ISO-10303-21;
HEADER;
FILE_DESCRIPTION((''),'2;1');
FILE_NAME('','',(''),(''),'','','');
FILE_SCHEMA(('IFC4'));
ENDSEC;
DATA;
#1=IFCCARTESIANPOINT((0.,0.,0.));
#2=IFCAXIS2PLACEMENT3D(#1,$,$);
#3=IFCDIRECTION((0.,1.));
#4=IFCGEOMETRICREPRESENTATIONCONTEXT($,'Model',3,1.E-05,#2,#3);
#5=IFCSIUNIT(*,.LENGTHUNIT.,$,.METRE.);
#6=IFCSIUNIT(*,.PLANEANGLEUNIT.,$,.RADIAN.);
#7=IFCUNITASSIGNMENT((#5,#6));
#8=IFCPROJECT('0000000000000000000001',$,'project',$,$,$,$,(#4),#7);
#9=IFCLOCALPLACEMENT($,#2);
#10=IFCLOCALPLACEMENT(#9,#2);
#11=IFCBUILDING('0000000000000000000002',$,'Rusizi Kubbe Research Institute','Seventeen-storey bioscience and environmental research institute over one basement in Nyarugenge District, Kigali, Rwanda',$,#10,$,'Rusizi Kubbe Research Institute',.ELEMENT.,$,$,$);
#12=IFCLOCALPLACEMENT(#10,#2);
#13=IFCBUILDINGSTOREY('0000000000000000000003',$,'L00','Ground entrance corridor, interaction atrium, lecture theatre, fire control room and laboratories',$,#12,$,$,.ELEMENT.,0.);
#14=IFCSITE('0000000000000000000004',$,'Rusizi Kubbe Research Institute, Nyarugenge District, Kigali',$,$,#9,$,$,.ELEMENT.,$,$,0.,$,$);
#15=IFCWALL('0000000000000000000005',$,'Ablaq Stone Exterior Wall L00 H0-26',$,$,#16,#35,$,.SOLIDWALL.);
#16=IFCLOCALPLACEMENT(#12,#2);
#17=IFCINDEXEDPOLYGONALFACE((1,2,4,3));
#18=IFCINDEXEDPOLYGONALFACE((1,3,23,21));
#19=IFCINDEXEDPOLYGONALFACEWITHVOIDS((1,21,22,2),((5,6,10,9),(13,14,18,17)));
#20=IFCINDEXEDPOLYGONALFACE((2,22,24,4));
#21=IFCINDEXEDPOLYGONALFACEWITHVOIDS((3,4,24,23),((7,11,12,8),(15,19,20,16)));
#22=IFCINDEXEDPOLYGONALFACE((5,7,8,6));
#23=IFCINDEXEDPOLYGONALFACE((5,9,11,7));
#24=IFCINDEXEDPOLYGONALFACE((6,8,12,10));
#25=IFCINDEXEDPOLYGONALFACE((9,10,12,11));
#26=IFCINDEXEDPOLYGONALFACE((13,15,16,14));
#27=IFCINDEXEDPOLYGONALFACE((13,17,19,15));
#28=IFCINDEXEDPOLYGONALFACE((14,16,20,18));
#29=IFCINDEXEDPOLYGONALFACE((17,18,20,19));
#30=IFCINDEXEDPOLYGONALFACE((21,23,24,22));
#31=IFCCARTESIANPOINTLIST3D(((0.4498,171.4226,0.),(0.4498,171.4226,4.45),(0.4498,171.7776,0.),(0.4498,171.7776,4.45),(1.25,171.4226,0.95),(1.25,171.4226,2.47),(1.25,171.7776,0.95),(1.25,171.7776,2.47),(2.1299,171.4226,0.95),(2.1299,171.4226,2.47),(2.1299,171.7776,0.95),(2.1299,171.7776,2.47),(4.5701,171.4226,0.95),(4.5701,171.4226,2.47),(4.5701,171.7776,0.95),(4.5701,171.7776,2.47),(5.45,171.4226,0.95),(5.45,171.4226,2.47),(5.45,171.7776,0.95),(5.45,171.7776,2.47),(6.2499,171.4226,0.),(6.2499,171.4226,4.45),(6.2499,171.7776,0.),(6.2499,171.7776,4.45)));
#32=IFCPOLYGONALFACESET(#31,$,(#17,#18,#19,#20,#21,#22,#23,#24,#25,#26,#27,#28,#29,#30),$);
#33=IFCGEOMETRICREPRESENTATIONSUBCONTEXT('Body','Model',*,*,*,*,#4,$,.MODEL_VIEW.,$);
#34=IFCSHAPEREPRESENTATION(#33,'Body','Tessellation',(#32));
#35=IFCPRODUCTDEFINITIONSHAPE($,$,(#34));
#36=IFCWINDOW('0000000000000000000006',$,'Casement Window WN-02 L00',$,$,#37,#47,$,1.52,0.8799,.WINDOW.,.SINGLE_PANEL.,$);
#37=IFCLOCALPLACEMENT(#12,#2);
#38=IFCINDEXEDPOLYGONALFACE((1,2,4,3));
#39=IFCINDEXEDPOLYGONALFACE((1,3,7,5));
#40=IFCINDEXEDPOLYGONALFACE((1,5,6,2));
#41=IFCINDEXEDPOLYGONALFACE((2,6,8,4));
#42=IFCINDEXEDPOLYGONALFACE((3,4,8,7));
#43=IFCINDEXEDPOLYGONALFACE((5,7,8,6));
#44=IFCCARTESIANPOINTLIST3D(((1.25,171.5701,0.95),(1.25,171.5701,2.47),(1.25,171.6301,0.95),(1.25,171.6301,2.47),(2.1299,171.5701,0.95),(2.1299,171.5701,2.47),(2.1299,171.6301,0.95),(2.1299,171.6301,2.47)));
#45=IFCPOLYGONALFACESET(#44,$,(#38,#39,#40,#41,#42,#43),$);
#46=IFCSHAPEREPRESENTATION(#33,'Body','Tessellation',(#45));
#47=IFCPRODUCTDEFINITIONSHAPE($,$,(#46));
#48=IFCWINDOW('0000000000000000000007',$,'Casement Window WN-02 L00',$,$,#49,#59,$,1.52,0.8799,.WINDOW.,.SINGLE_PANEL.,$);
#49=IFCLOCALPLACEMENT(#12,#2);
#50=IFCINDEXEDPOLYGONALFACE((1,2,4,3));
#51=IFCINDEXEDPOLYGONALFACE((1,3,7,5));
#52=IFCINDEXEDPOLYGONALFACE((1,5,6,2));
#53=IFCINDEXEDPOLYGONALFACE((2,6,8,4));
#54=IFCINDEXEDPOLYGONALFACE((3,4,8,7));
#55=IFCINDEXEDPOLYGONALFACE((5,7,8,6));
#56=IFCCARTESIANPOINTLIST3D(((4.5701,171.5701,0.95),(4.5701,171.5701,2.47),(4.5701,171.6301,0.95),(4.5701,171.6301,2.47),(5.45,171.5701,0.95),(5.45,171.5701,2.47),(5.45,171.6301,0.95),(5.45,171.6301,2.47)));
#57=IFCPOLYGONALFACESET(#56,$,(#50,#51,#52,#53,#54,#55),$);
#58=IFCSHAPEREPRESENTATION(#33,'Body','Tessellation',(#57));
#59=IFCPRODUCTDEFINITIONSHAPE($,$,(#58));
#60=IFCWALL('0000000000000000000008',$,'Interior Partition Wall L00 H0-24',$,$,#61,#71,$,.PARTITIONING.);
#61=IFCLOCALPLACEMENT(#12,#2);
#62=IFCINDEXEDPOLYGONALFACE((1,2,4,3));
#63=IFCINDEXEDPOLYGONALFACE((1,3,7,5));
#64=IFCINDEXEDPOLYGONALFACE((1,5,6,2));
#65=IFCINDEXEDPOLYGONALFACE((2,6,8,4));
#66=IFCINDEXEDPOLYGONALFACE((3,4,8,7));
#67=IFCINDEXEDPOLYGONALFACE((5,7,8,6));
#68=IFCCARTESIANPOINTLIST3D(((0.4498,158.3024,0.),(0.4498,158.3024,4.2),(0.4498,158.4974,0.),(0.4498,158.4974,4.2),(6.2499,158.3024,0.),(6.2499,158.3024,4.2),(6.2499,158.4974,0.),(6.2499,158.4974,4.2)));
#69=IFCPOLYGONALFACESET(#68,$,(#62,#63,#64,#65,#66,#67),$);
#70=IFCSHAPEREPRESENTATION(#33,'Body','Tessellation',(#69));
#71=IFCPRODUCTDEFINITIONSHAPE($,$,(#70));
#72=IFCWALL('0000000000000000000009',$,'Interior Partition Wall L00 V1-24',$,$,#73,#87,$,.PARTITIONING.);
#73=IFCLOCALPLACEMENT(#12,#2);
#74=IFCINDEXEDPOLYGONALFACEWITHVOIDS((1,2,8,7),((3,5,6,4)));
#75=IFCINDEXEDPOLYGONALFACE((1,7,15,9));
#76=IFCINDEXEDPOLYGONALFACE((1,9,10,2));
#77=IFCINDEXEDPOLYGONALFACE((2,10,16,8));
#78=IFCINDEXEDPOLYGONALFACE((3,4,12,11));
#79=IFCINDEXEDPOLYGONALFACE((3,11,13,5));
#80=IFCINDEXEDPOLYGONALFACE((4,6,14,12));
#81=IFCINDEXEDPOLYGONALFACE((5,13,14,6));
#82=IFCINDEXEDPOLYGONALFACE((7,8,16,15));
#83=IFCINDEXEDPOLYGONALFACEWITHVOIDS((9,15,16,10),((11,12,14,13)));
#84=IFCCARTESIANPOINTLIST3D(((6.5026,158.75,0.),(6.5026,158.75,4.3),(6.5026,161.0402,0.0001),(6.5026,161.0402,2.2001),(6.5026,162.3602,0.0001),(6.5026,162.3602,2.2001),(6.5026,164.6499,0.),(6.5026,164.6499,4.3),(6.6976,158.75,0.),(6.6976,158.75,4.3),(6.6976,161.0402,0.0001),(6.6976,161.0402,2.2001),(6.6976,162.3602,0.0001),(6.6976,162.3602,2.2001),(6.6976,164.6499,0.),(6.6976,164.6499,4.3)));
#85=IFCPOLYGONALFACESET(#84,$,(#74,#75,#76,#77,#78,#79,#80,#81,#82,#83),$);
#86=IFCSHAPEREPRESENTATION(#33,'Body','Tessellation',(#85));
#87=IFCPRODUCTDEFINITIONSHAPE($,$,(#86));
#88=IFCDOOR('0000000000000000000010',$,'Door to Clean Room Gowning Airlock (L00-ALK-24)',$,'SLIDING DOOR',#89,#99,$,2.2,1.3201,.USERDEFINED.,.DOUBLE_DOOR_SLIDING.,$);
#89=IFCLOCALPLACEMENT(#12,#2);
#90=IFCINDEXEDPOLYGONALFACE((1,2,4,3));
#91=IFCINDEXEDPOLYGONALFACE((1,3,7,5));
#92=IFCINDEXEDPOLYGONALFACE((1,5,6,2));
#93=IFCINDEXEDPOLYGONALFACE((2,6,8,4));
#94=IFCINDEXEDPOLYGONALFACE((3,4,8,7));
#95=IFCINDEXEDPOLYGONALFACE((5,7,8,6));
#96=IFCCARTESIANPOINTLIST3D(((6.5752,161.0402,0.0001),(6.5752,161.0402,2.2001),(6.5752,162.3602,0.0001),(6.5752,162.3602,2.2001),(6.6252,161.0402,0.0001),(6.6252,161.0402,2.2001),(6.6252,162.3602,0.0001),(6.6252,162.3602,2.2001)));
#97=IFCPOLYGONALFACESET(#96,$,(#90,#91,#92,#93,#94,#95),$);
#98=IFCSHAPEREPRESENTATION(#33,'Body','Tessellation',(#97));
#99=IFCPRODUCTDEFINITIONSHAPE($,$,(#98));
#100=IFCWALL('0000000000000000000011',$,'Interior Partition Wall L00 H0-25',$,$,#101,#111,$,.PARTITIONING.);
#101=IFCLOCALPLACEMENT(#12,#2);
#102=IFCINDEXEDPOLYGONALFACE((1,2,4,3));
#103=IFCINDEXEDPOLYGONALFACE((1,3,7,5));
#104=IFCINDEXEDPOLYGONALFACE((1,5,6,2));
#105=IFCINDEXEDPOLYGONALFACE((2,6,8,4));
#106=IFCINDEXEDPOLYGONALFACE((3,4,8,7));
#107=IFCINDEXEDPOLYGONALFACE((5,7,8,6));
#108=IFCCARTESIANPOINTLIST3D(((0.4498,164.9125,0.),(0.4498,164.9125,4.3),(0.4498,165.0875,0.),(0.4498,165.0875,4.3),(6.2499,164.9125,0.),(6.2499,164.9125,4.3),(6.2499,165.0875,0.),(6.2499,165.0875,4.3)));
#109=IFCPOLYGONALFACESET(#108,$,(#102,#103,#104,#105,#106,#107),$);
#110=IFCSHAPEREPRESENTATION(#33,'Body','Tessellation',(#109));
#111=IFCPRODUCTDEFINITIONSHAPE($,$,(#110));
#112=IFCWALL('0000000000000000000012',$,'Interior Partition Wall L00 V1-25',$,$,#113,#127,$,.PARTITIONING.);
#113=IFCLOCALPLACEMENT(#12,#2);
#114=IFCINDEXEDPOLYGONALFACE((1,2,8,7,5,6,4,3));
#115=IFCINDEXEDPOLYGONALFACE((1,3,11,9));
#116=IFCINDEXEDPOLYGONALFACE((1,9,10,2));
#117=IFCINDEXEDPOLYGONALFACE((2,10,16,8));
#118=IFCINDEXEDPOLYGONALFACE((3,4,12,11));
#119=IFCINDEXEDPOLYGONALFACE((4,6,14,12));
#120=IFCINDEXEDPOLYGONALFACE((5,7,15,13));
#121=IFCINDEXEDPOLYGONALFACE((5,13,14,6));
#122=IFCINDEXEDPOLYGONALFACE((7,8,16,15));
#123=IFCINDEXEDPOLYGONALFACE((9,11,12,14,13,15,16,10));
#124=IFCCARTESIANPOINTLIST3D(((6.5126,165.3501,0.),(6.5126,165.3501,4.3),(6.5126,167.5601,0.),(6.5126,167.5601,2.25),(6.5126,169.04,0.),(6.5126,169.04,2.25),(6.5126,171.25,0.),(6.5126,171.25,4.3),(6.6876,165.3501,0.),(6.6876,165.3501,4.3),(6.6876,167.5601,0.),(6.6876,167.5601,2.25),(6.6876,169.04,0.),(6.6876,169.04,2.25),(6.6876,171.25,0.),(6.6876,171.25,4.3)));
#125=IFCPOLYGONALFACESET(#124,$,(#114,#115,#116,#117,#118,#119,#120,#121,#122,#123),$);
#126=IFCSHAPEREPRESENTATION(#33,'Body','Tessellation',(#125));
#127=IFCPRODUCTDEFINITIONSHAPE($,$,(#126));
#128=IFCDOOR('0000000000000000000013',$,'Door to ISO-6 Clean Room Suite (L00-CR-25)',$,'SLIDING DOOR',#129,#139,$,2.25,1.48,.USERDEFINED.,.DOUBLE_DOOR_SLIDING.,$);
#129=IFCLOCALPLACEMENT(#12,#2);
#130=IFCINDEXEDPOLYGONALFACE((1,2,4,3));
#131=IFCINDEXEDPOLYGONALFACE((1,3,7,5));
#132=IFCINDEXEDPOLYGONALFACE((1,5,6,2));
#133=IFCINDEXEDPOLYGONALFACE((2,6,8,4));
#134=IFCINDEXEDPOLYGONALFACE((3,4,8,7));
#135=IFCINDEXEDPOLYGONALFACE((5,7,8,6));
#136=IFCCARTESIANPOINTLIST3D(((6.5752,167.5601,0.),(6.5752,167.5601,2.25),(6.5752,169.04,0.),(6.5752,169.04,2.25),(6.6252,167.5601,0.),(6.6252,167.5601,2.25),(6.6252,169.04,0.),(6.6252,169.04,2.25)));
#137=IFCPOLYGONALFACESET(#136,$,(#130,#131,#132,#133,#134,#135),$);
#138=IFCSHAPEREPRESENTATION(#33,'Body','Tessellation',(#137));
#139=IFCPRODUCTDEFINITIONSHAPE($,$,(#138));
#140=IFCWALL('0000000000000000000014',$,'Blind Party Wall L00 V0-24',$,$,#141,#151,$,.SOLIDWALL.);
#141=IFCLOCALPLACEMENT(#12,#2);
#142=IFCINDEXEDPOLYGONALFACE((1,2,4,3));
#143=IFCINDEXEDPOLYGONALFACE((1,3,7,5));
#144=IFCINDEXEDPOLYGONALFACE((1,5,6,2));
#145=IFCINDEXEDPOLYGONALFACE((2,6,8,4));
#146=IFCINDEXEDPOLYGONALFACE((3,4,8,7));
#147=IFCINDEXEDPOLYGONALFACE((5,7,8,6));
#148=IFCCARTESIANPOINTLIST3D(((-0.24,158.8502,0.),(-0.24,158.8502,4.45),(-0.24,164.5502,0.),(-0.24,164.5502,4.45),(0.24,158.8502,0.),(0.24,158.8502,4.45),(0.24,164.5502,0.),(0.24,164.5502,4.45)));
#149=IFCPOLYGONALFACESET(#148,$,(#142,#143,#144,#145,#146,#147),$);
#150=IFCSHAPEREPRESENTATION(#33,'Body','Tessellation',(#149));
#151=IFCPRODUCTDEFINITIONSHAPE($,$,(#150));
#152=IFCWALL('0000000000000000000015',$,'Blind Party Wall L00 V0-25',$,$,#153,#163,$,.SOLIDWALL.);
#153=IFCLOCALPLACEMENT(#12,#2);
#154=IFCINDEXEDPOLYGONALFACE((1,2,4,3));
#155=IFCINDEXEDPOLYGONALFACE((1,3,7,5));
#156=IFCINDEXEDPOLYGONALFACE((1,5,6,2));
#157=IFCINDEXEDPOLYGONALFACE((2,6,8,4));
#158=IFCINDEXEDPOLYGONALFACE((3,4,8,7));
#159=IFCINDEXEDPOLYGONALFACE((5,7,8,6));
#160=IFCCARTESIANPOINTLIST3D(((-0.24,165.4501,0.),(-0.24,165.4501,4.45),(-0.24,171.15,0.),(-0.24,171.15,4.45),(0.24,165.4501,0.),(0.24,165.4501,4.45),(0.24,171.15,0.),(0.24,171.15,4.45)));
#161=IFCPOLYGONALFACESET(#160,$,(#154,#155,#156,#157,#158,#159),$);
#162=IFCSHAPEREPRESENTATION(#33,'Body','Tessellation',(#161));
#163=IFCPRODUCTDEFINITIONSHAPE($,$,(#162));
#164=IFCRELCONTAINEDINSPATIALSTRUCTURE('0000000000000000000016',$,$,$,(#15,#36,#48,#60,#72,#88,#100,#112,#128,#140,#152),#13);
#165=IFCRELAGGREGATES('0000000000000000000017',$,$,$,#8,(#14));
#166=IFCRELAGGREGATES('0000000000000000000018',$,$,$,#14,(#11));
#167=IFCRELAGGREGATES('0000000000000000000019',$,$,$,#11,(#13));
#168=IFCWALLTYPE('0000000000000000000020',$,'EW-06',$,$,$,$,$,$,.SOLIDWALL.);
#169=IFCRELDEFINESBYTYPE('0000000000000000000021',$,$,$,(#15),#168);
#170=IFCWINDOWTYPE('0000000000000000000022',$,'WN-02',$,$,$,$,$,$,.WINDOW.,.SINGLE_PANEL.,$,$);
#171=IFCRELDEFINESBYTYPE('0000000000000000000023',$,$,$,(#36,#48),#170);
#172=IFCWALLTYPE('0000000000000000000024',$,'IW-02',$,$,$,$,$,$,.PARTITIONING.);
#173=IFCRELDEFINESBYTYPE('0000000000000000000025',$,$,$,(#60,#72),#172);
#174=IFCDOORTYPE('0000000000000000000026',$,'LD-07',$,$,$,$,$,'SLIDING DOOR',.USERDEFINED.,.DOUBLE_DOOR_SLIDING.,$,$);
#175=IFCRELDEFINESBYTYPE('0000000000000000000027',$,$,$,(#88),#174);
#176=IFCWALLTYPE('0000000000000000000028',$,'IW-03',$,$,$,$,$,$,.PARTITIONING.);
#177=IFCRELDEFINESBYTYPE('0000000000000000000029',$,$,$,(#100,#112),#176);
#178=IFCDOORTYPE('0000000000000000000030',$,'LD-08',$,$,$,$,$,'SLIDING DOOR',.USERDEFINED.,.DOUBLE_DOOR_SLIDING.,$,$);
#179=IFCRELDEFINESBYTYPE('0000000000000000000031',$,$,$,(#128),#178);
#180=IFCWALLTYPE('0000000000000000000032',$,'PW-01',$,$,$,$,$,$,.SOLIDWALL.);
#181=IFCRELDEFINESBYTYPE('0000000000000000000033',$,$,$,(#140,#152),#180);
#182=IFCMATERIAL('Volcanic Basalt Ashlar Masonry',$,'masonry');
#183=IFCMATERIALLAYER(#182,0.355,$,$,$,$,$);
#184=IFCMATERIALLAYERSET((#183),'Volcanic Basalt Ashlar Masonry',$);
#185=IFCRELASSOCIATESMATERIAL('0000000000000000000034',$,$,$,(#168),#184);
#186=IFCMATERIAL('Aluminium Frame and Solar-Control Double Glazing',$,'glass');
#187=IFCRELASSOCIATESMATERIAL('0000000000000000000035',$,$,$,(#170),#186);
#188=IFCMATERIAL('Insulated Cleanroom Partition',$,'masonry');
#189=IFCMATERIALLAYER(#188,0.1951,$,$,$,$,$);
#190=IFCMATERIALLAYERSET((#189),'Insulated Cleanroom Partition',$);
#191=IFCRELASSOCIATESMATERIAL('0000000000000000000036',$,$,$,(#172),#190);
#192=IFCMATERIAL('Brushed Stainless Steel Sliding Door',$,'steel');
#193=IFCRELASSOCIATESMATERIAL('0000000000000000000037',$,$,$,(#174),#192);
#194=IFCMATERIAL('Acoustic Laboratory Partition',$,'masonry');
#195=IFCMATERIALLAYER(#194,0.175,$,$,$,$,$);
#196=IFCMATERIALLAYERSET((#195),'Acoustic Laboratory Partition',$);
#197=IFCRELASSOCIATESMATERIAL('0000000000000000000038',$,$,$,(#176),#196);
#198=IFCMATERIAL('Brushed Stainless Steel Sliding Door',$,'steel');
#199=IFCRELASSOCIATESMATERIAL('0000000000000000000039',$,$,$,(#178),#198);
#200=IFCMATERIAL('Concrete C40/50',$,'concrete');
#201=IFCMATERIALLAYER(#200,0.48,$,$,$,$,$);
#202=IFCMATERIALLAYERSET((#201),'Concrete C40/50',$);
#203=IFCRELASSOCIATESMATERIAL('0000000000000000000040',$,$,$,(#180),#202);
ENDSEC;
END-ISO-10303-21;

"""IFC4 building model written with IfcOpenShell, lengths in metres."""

from ifc_helpers import new_model, si_unit, direction, frame, frame_2d, origin, place, context, subcontext, project, spatial, rectangle, extrude, material, layer, layer_set, type_object, element, fill, save


model = new_model("IFC4")

# Units and contexts
model_context = context("Model", 3, precision=1e-05, world=origin(), true_north=direction((0.0, 1.0)))
body_context = subcontext(model_context, "Body", "Model", "MODEL_VIEW")
ifc_project = project(units=[si_unit("LENGTHUNIT", "METRE"), si_unit("PLANEANGLEUNIT", "RADIAN")], contexts=[model_context])

# Site, building, storey
site_placement = place(None, origin())
site = spatial("IfcSite", under=ifc_project, at=site_placement, Name="Rusizi Kubbe Research Institute, Nyarugenge District, Kigali", CompositionType="ELEMENT", RefElevation=0.0)
building_placement = place(site_placement, origin())
building = spatial("IfcBuilding", under=site, at=building_placement, Name="Rusizi Kubbe Research Institute", Description="Seventeen-storey bioscience and environmental research institute over one basement in Nyarugenge District, Kigali, Rwanda", LongName="Rusizi Kubbe Research Institute", CompositionType="ELEMENT")
storey_placement = place(building_placement, origin())
storey = spatial("IfcBuildingStorey", under=building, at=storey_placement, Name="L00", Description="Ground entrance corridor, interaction atrium, lecture theatre, fire control room and laboratories", CompositionType="ELEMENT", Elevation=0.0)

# Wall, openings, windows
ifc_material_1 = material(Name="Volcanic Basalt Ashlar Masonry", Category="masonry")
ifc_layer_1 = layer(ifc_material_1, 0.355)
ifc_layer_set_1 = layer_set([ifc_layer_1], Name="Volcanic Basalt Ashlar Masonry")
wall_type_1 = type_object("IfcWallType", Name="EW-06", PredefinedType="SOLIDWALL", material=ifc_layer_set_1)
wall_1_placement = place(storey_placement, frame((0.45, 171.6001, 0.0), z_axis=(0.0, 0.0, 1.0), x_axis=(1.0, 0.0, 0.0)))
wall_1 = element("IfcWall", 1, at=wall_1_placement, inside=storey, type_object=wall_type_1, Name="Ablaq Stone Exterior Wall L00 H0-26", PredefinedType="SOLIDWALL", context=body_context, shape_type="SweptSolid", body=[
    extrude(rectangle(XDim=5.8, YDim=0.355, at=frame_2d((2.8999, 0.0))), origin(), (0.0, 0.0, 1.0), 4.45),
])
opening_1_placement = place(wall_1_placement, frame((0.8, 0.0, 0.95)))
opening_1 = element("IfcOpeningElement", 2, at=opening_1_placement, cuts=wall_1, PredefinedType="OPENING", context=body_context, shape_type="SweptSolid", body=[
    extrude(rectangle(XDim=0.8799, YDim=1.52, at=frame_2d((0.4399, 0.76))), frame((0.0, 0.1875, 0.0), z_axis=(0.0, -1.0, 0.0), x_axis=(1.0, 0.0, 0.0)), (0.0, 0.0, 1.0), 0.375),
])
opening_2_placement = place(wall_1_placement, frame((4.1201, 0.0, 0.95)))
opening_2 = element("IfcOpeningElement", 3, at=opening_2_placement, cuts=wall_1, PredefinedType="OPENING", context=body_context, shape_type="SweptSolid", body=[
    extrude(rectangle(XDim=0.8799, YDim=1.52, at=frame_2d((0.4399, 0.76))), frame((0.0, 0.1875, 0.0), z_axis=(0.0, -1.0, 0.0), x_axis=(1.0, 0.0, 0.0)), (0.0, 0.0, 1.0), 0.375),
])
ifc_material_2 = material(Name="Aluminium Frame and Solar-Control Double Glazing", Category="glass")
window_type = type_object("IfcWindowType", Name="WN-02", PartitioningType="SINGLE_PANEL", PredefinedType="WINDOW", material=ifc_material_2)
window_1_placement = place(opening_1_placement, origin())
window_1 = element("IfcWindow", 4, at=window_1_placement, inside=storey, type_object=window_type, Name="Casement Window WN-02 L00", OverallHeight=1.52, OverallWidth=0.8799, PartitioningType="SINGLE_PANEL", PredefinedType="WINDOW", context=body_context, shape_type="SweptSolid", body=[
    extrude(rectangle(XDim=0.8799, YDim=1.52, at=frame_2d((0.4399, 0.76))), frame((0.0, 0.03, 0.0), z_axis=(0.0, -1.0, 0.0), x_axis=(1.0, 0.0, 0.0)), (0.0, 0.0, 1.0), 0.0601),
])
fill(opening_1, window_1)
window_2_placement = place(opening_2_placement, origin())
window_2 = element("IfcWindow", 5, at=window_2_placement, inside=storey, type_object=window_type, Name="Casement Window WN-02 L00", OverallHeight=1.52, OverallWidth=0.8799, PartitioningType="SINGLE_PANEL", PredefinedType="WINDOW", context=body_context, shape_type="SweptSolid", body=[
    extrude(rectangle(XDim=0.8799, YDim=1.52, at=frame_2d((0.4399, 0.76))), frame((0.0, 0.03, 0.0), z_axis=(0.0, -1.0, 0.0), x_axis=(1.0, 0.0, 0.0)), (0.0, 0.0, 1.0), 0.0601),
])
fill(opening_2, window_2)

# Wall
ifc_material_3 = material(Name="Insulated Cleanroom Partition", Category="masonry")
ifc_layer_2 = layer(ifc_material_3, 0.1951)
ifc_layer_set_2 = layer_set([ifc_layer_2], Name="Insulated Cleanroom Partition")
wall_type_2 = type_object("IfcWallType", Name="IW-02", PredefinedType="PARTITIONING", material=ifc_layer_set_2)
wall_2_placement = place(storey_placement, frame((0.45, 158.3999, 0.0), z_axis=(0.0, 0.0, 1.0), x_axis=(1.0, 0.0, 0.0)))
element("IfcWall", 6, at=wall_2_placement, inside=storey, type_object=wall_type_2, Name="Interior Partition Wall L00 H0-24", PredefinedType="PARTITIONING", context=body_context, shape_type="SweptSolid", body=[
    extrude(rectangle(XDim=5.8, YDim=0.1951, at=frame_2d((2.8999, 0.0))), origin(), (0.0, 0.0, 1.0), 4.2),
])

# Wall, opening, door
wall_3_placement = place(storey_placement, frame((6.6001, 158.75, 0.0), z_axis=(0.0, 0.0, 1.0), x_axis=(0.0, 1.0, 0.0)))
wall_3 = element("IfcWall", 7, at=wall_3_placement, inside=storey, type_object=wall_type_2, Name="Interior Partition Wall L00 V1-24", PredefinedType="PARTITIONING", context=body_context, shape_type="SweptSolid", body=[
    extrude(rectangle(XDim=5.8999, YDim=0.1951, at=frame_2d((2.95, 0.0))), origin(), (0.0, 0.0, 1.0), 4.3),
])
opening_3_placement = place(wall_3_placement, frame((2.29, 0.0, 0.0)))
opening_3 = element("IfcOpeningElement", 8, at=opening_3_placement, cuts=wall_3, PredefinedType="OPENING", context=body_context, shape_type="SweptSolid", body=[
    extrude(rectangle(XDim=1.3201, YDim=2.2, at=frame_2d((0.6602, 1.1001))), frame((0.0, 0.1074, 0.0), z_axis=(0.0, -1.0, 0.0), x_axis=(1.0, 0.0, 0.0)), (0.0, 0.0, 1.0), 0.2151),
])
ifc_material_4 = material(Name="Brushed Stainless Steel Sliding Door", Category="steel")
door_type_1 = type_object("IfcDoorType", Name="LD-07", ElementType="SLIDING DOOR", OperationType="DOUBLE_DOOR_SLIDING", PredefinedType="USERDEFINED", material=ifc_material_4)
door_1_placement = place(opening_3_placement, origin())
door_1 = element("IfcDoor", 9, at=door_1_placement, inside=storey, type_object=door_type_1, Name="Door to Clean Room Gowning Airlock (L00-ALK-24)", ObjectType="SLIDING DOOR", OperationType="DOUBLE_DOOR_SLIDING", OverallHeight=2.2, OverallWidth=1.3201, PredefinedType="USERDEFINED", context=body_context, shape_type="SweptSolid", body=[
    extrude(rectangle(XDim=1.3201, YDim=2.2, at=frame_2d((0.6602, 1.1001))), frame((0.0, 0.0249, 0.0), z_axis=(0.0, -1.0, 0.0), x_axis=(1.0, 0.0, 0.0)), (0.0, 0.0, 1.0), 0.05),
])
fill(opening_3, door_1)

# Wall
ifc_material_5 = material(Name="Acoustic Laboratory Partition", Category="masonry")
ifc_layer_3 = layer(ifc_material_5, 0.175)
ifc_layer_set_3 = layer_set([ifc_layer_3], Name="Acoustic Laboratory Partition")
wall_type_3 = type_object("IfcWallType", Name="IW-03", PredefinedType="PARTITIONING", material=ifc_layer_set_3)
wall_4_placement = place(storey_placement, frame((0.45, 165.0, 0.0), z_axis=(0.0, 0.0, 1.0), x_axis=(1.0, 0.0, 0.0)))
element("IfcWall", 10, at=wall_4_placement, inside=storey, type_object=wall_type_3, Name="Interior Partition Wall L00 H0-25", PredefinedType="PARTITIONING", context=body_context, shape_type="SweptSolid", body=[
    extrude(rectangle(XDim=5.8, YDim=0.175, at=frame_2d((2.8999, 0.0))), origin(), (0.0, 0.0, 1.0), 4.3),
])

# Wall, opening, door
wall_5_placement = place(storey_placement, frame((6.6001, 165.3501, 0.0), z_axis=(0.0, 0.0, 1.0), x_axis=(0.0, 1.0, 0.0)))
wall_5 = element("IfcWall", 11, at=wall_5_placement, inside=storey, type_object=wall_type_3, Name="Interior Partition Wall L00 V1-25", PredefinedType="PARTITIONING", context=body_context, shape_type="SweptSolid", body=[
    extrude(rectangle(XDim=5.8999, YDim=0.175, at=frame_2d((2.95, 0.0))), origin(), (0.0, 0.0, 1.0), 4.3),
])
opening_4_placement = place(wall_5_placement, frame((2.21, 0.0, 0.0)))
opening_4 = element("IfcOpeningElement", 12, at=opening_4_placement, cuts=wall_5, PredefinedType="OPENING", context=body_context, shape_type="SweptSolid", body=[
    extrude(rectangle(XDim=1.48, YDim=2.25, at=frame_2d((0.74, 1.125))), frame((0.0, 0.0974, 0.0), z_axis=(0.0, -1.0, 0.0), x_axis=(1.0, 0.0, 0.0)), (0.0, 0.0, 1.0), 0.1951),
])
ifc_material_6 = material(Name="Brushed Stainless Steel Sliding Door", Category="steel")
door_type_2 = type_object("IfcDoorType", Name="LD-08", ElementType="SLIDING DOOR", OperationType="DOUBLE_DOOR_SLIDING", PredefinedType="USERDEFINED", material=ifc_material_6)
door_2_placement = place(opening_4_placement, origin())
door_2 = element("IfcDoor", 13, at=door_2_placement, inside=storey, type_object=door_type_2, Name="Door to ISO-6 Clean Room Suite (L00-CR-25)", ObjectType="SLIDING DOOR", OperationType="DOUBLE_DOOR_SLIDING", OverallHeight=2.25, OverallWidth=1.48, PredefinedType="USERDEFINED", context=body_context, shape_type="SweptSolid", body=[
    extrude(rectangle(XDim=1.48, YDim=2.25, at=frame_2d((0.74, 1.125))), frame((0.0, 0.0249, 0.0), z_axis=(0.0, -1.0, 0.0), x_axis=(1.0, 0.0, 0.0)), (0.0, 0.0, 1.0), 0.05),
])
fill(opening_4, door_2)

# Walls
ifc_material_7 = material(Name="Concrete C40/50", Category="concrete")
ifc_layer_4 = layer(ifc_material_7, 0.48)
ifc_layer_set_4 = layer_set([ifc_layer_4], Name="Concrete C40/50")
wall_type_4 = type_object("IfcWallType", Name="PW-01", PredefinedType="SOLIDWALL", material=ifc_layer_set_4)
for number, where, z_axis, x_axis, name in (
    (14, (0.0, 158.8501, 0.0), (0.0, 0.0, 1.0), (0.0, 1.0, 0.0), "Blind Party Wall L00 V0-24"),
    (15, (0.0, 165.45, 0.0), (0.0, 0.0, 1.0), (0.0, 1.0, 0.0), "Blind Party Wall L00 V0-25"),
):
    element("IfcWall", number, at=place(storey_placement, frame(where, z_axis=z_axis, x_axis=x_axis)), inside=storey, type_object=wall_type_4, Name=name, PredefinedType="SOLIDWALL", context=body_context, shape_type="SweptSolid", body=[
        extrude(rectangle(XDim=5.7, YDim=0.48, at=frame_2d((2.8501, 0.0))), origin(), (0.0, 0.0, 1.0), 4.45),
    ])

save(model, "model.ifc")
